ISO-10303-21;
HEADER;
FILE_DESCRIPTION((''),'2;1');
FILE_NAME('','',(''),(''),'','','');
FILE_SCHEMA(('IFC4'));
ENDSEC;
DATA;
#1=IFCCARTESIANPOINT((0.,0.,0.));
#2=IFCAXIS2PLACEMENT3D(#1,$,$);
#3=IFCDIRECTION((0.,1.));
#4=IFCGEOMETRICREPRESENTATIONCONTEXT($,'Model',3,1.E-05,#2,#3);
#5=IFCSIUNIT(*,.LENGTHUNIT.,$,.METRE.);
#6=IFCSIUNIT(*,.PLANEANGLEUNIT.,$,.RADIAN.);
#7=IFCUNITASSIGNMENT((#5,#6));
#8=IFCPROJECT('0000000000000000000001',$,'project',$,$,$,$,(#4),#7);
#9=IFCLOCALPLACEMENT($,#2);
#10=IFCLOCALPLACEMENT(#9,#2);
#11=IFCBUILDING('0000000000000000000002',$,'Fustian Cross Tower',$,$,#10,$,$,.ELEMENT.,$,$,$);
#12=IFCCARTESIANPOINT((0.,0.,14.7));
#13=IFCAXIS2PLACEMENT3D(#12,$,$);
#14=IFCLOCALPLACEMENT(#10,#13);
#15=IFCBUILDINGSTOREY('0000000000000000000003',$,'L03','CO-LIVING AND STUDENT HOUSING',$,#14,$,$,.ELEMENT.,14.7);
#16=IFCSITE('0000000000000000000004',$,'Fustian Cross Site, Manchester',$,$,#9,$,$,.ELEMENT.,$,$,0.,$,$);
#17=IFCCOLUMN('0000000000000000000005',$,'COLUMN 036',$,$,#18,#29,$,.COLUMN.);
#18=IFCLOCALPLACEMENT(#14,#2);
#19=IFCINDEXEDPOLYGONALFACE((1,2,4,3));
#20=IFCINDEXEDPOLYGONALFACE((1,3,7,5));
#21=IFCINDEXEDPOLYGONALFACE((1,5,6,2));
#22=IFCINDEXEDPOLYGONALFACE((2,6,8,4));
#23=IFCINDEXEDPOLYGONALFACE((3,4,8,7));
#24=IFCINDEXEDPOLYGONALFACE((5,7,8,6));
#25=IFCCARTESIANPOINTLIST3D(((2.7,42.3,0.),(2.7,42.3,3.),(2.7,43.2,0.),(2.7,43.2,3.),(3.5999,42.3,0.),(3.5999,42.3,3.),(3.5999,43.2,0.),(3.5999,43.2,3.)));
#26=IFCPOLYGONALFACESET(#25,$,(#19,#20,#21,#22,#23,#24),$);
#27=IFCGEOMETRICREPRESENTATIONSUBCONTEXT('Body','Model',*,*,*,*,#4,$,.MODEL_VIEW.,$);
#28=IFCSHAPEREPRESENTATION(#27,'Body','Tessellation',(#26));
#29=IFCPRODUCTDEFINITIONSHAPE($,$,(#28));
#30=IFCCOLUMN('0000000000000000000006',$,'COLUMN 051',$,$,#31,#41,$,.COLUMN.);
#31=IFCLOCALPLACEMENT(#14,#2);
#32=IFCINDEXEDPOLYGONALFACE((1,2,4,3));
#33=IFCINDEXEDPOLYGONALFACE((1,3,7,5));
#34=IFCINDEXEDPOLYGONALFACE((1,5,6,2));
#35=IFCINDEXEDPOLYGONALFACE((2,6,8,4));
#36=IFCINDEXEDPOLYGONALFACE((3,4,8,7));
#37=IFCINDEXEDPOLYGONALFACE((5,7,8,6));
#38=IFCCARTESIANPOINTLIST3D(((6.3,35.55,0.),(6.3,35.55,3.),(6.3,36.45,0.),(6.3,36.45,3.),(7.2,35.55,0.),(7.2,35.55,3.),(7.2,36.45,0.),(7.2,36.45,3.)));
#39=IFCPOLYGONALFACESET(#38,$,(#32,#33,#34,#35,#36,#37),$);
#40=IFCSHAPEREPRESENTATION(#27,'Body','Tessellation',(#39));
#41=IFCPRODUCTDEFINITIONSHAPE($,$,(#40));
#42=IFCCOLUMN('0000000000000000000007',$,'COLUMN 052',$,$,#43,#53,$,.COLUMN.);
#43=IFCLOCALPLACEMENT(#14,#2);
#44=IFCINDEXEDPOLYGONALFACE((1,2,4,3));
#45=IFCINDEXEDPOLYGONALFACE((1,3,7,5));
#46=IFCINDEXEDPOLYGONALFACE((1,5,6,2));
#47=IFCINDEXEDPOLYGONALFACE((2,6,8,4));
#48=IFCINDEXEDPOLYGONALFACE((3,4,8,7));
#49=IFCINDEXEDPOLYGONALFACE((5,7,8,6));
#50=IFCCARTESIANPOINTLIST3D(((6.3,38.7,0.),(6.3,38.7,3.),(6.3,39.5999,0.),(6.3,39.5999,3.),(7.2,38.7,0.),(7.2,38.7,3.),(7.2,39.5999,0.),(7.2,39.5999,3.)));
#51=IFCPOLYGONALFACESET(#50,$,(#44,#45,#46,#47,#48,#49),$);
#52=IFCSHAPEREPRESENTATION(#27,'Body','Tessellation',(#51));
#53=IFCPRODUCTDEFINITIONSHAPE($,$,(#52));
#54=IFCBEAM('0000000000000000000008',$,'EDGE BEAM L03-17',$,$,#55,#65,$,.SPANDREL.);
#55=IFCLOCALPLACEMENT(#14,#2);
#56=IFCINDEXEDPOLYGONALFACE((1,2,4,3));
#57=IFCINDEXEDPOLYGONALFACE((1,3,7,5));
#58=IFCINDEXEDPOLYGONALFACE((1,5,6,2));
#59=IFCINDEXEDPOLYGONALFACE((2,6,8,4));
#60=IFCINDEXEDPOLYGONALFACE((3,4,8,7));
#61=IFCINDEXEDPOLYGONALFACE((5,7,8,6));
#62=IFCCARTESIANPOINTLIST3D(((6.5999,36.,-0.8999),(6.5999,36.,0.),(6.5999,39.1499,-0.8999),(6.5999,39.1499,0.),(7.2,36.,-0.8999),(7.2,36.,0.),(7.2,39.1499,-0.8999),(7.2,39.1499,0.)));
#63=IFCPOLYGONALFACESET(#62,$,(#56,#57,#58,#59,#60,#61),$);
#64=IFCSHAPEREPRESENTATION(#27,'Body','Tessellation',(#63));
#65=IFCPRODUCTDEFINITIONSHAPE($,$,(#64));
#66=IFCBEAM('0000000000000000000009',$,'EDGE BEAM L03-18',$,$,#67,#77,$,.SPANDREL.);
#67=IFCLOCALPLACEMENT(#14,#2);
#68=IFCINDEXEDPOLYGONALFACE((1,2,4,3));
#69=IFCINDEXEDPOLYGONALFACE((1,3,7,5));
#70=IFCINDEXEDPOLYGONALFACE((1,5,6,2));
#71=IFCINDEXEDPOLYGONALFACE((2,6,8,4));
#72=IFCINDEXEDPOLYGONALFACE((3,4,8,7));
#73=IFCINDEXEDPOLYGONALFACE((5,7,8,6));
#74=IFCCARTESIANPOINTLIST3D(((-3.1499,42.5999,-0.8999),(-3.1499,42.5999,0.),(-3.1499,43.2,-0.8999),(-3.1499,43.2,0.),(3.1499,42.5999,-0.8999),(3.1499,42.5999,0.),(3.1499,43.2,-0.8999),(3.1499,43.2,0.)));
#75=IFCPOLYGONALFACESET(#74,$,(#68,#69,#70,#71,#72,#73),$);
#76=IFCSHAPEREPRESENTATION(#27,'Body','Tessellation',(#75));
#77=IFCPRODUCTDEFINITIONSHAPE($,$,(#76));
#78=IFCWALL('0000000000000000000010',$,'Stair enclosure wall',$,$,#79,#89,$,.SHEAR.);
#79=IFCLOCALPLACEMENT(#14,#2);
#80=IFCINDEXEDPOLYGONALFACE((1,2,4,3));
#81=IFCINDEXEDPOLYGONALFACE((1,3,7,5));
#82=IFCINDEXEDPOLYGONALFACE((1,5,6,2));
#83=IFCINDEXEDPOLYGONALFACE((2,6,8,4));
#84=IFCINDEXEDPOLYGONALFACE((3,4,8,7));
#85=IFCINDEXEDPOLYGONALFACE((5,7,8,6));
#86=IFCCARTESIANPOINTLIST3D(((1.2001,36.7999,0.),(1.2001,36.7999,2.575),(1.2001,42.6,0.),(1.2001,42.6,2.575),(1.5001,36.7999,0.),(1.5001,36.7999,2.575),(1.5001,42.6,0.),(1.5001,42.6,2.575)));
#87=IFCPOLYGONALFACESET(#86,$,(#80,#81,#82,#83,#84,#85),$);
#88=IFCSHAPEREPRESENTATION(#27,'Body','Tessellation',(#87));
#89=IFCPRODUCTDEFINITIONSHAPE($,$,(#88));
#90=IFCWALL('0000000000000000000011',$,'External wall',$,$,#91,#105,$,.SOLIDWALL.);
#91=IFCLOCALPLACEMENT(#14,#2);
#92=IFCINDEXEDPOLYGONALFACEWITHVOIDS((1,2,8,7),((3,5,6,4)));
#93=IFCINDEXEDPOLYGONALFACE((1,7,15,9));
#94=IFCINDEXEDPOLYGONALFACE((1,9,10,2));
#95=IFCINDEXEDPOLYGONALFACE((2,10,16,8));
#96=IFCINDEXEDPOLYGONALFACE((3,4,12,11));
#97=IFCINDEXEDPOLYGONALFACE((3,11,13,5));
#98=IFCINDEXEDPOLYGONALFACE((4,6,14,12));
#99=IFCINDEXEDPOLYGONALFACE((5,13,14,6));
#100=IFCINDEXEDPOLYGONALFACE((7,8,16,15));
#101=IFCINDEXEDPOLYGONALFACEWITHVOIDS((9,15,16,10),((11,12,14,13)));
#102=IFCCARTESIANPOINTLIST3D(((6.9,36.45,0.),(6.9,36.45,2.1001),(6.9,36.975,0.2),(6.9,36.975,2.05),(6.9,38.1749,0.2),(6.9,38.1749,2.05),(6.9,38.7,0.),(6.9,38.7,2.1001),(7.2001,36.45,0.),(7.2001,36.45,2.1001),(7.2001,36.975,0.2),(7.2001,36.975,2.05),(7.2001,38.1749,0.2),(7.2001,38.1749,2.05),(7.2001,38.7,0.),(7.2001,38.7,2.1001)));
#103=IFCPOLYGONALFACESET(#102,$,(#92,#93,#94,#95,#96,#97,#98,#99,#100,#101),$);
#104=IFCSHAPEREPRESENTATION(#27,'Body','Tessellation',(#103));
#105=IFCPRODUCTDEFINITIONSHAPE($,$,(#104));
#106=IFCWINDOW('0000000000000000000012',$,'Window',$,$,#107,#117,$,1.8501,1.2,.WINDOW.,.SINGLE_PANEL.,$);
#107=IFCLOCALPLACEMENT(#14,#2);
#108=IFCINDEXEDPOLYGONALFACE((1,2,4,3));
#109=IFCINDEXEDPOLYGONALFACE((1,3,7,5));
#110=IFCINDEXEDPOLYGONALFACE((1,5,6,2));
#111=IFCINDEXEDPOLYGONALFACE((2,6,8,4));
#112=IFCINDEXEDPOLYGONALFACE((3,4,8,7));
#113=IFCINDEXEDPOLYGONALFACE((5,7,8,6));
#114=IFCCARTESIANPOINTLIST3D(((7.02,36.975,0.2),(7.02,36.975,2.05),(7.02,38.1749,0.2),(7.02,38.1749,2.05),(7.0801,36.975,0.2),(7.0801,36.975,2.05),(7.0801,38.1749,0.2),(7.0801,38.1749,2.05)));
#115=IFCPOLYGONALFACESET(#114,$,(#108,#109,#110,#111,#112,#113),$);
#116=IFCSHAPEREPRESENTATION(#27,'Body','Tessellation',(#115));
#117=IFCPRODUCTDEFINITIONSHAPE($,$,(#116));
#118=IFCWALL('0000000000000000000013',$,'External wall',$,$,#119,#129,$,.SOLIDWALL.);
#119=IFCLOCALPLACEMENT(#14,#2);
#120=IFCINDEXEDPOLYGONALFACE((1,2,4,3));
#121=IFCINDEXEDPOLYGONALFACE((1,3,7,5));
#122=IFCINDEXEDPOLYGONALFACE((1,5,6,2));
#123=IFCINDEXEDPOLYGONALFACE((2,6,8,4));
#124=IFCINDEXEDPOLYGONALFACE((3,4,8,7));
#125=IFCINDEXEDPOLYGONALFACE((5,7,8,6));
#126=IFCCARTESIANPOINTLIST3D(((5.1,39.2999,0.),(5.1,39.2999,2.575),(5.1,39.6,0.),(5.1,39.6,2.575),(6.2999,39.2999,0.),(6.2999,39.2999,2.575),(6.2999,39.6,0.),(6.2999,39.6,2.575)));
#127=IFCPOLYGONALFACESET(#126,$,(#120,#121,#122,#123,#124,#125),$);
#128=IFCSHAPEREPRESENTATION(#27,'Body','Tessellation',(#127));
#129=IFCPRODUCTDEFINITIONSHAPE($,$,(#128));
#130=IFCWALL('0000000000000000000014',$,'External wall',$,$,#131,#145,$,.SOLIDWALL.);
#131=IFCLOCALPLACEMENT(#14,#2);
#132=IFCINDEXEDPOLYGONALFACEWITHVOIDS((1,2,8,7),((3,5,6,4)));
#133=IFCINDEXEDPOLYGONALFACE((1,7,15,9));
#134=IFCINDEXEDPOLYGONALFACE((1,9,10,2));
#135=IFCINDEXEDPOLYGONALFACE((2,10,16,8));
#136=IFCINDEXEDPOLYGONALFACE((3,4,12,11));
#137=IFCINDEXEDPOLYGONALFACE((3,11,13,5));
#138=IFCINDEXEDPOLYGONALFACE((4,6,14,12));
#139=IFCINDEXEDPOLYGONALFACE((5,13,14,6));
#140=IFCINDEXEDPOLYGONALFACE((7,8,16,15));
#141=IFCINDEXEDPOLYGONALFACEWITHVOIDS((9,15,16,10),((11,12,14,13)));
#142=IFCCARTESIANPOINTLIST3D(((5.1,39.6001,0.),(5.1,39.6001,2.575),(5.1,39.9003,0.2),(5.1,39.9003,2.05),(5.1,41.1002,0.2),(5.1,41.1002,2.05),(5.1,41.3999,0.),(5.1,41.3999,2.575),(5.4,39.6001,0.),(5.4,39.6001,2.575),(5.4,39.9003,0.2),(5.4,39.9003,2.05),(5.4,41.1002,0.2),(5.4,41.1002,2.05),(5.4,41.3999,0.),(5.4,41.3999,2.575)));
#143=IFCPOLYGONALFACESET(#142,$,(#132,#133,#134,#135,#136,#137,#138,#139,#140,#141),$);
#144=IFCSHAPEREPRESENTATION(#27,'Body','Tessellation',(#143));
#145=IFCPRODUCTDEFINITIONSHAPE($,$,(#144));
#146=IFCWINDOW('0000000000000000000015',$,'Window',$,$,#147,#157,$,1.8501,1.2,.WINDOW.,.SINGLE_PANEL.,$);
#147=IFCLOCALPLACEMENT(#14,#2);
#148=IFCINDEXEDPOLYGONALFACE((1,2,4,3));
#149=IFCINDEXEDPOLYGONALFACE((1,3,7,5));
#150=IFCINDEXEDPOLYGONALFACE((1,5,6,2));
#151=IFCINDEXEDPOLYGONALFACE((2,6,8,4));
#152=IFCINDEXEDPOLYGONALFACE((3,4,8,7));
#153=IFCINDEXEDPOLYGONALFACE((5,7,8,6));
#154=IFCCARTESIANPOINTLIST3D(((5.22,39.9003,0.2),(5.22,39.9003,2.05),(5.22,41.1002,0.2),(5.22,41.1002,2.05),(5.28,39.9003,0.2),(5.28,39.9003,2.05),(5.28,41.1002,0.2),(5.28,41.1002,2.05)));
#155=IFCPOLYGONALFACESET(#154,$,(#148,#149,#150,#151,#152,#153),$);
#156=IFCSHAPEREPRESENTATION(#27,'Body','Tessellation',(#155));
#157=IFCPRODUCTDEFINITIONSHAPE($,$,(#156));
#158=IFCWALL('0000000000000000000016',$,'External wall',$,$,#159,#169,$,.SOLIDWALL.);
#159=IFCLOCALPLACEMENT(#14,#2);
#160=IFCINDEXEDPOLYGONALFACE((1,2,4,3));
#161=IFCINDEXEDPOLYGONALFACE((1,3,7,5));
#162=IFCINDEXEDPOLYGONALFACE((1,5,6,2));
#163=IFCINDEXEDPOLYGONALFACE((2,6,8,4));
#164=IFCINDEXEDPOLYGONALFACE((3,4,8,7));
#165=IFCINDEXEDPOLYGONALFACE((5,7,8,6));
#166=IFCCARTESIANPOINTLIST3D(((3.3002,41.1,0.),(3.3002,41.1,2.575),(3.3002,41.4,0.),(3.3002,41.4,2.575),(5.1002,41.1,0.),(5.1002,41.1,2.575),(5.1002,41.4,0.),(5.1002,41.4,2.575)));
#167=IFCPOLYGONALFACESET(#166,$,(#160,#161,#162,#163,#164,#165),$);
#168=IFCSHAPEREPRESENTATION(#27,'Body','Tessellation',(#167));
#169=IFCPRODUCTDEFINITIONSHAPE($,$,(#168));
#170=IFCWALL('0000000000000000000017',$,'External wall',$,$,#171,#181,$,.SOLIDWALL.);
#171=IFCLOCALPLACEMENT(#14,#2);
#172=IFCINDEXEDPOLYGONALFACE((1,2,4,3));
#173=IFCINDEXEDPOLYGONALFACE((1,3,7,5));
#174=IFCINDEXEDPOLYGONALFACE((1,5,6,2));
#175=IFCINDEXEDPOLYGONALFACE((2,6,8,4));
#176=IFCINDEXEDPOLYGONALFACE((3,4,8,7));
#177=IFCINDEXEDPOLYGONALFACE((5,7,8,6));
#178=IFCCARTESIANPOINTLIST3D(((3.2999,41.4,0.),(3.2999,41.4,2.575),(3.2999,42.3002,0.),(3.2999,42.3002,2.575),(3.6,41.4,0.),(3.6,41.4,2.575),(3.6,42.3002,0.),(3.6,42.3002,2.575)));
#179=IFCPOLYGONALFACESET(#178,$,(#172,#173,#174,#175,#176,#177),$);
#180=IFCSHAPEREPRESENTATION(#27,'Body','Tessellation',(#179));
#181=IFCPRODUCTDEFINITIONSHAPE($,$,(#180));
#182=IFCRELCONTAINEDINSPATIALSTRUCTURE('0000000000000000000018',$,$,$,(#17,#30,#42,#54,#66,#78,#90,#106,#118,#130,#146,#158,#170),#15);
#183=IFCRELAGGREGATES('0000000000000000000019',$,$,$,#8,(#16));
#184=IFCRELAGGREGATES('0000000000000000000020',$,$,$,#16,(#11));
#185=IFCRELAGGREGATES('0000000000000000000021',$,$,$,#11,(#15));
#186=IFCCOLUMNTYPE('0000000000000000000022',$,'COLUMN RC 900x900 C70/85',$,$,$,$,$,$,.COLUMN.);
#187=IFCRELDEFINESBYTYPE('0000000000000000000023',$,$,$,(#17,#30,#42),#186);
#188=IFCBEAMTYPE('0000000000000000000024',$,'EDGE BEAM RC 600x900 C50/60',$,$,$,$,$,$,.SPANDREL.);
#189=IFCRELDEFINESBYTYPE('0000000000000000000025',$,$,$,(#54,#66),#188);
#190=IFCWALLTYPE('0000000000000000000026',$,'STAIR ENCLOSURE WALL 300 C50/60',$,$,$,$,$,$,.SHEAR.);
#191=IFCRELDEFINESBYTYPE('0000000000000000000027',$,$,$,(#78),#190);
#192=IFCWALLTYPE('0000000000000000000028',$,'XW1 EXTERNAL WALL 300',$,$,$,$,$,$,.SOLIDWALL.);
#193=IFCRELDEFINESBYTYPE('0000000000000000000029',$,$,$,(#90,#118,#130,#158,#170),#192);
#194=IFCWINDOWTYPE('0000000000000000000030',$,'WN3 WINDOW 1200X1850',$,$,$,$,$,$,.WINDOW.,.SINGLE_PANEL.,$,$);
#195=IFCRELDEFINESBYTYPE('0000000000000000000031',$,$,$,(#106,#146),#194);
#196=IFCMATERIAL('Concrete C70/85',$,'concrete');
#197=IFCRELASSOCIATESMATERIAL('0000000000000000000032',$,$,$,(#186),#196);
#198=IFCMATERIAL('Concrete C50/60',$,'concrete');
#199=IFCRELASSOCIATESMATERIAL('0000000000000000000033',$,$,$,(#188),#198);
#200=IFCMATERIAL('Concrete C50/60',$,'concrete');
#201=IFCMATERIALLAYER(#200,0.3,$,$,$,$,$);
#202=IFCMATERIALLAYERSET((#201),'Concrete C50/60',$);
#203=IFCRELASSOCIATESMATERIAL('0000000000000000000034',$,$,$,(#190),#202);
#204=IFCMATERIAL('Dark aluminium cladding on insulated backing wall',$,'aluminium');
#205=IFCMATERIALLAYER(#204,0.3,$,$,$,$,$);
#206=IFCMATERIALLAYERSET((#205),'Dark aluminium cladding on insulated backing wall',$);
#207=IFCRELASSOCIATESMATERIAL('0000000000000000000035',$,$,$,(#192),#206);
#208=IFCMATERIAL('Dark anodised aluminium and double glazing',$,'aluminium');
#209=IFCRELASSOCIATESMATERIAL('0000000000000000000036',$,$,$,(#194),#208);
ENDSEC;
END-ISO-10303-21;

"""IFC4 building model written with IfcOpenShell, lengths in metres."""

from ifc_helpers import new_model, si_unit, direction, frame, frame_2d, origin, origin_2d, place, context, subcontext, project, spatial, rectangle, extrude, material, layer, layer_set, material_profile, profile_set, type_object, element, fill, save


model = new_model("IFC4")

# Units and contexts
model_context = context("Model", 3, precision=1e-05, world=origin(), true_north=direction((0.0, 1.0)))
body_context = subcontext(model_context, "Body", "Model", "MODEL_VIEW")
ifc_project = project(units=[si_unit("LENGTHUNIT", "METRE"), si_unit("PLANEANGLEUNIT", "RADIAN")], contexts=[model_context])

# Site, building, storey
site_placement = place(None, origin())
site = spatial("IfcSite", under=ifc_project, at=site_placement, Name="Fustian Cross Site, Manchester", CompositionType="ELEMENT", RefElevation=0.0)
building_placement = place(site_placement, origin())
building = spatial("IfcBuilding", under=site, at=building_placement, Name="Fustian Cross Tower", CompositionType="ELEMENT")
storey_placement = place(building_placement, frame((0.0, 0.0, 14.7)))
storey = spatial("IfcBuildingStorey", under=building, at=storey_placement, Name="L03", Description="CO-LIVING AND STUDENT HOUSING", CompositionType="ELEMENT", Elevation=14.7)

# Columns
ifc_material_1 = material(Name="Concrete C70/85", Category="concrete")
ifc_material_profile_1 = material_profile(ifc_material_1, rectangle(XDim=0.8999, YDim=0.8999, at=origin_2d()), Name="RC 900x900")
ifc_profile_set_1 = profile_set([ifc_material_profile_1], Name="Concrete C70/85")
column_type = type_object("IfcColumnType", Name="COLUMN RC 900x900 C70/85", PredefinedType="COLUMN", material=ifc_profile_set_1)
for number, where, z_axis, x_axis, name in (
    (1, (3.1499, 42.75, 0.0), (0.0, 0.0, 1.0), (1.0, 0.0, 0.0), "COLUMN 036"),
    (2, (6.75, 36.0, 0.0), (0.0, 0.0, 1.0), (1.0, 0.0, 0.0), "COLUMN 051"),
    (3, (6.75, 39.1499, 0.0), (0.0, 0.0, 1.0), (1.0, 0.0, 0.0), "COLUMN 052"),
):
    element("IfcColumn", number, at=place(storey_placement, frame(where, z_axis=z_axis, x_axis=x_axis)), inside=storey, type_object=column_type, Name=name, PredefinedType="COLUMN", context=body_context, shape_type="SweptSolid", body=[
        extrude(rectangle(XDim=0.8999, YDim=0.8999, at=origin_2d()), origin(), (0.0, 0.0, 1.0), 3.0),
    ])

# Beams
ifc_material_2 = material(Name="Concrete C50/60", Category="concrete")
ifc_material_profile_2 = material_profile(ifc_material_2, rectangle(XDim=0.6001, YDim=0.8999, at=origin_2d()), Name="RC 600x900")
ifc_profile_set_2 = profile_set([ifc_material_profile_2], Name="Concrete C50/60")
beam_type = type_object("IfcBeamType", Name="EDGE BEAM RC 600x900 C50/60", PredefinedType="SPANDREL", material=ifc_profile_set_2)
beam_1_placement = place(storey_placement, frame((6.8999, 36.0, -0.45), z_axis=(0.0, 1.0, 0.0), x_axis=(-1.0, 0.0, 0.0)))
element("IfcBeam", 4, at=beam_1_placement, inside=storey, type_object=beam_type, Name="EDGE BEAM L03-17", PredefinedType="SPANDREL", context=body_context, shape_type="SweptSolid", body=[
    extrude(rectangle(XDim=0.6001, YDim=0.8999, at=origin_2d()), origin(), (0.0, 0.0, 1.0), 3.1499),
])
beam_2_placement = place(storey_placement, frame((3.1499, 42.8999, -0.45), z_axis=(-1.0, 0.0, 0.0), x_axis=(0.0, -1.0, 0.0)))
element("IfcBeam", 5, at=beam_2_placement, inside=storey, type_object=beam_type, Name="EDGE BEAM L03-18", PredefinedType="SPANDREL", context=body_context, shape_type="SweptSolid", body=[
    extrude(rectangle(XDim=0.6001, YDim=0.8999, at=origin_2d()), origin(), (0.0, 0.0, 1.0), 6.2998),
])

# Wall
ifc_material_3 = material(Name="Concrete C50/60", Category="concrete")
ifc_layer_1 = layer(ifc_material_3, 0.3)
ifc_layer_set_1 = layer_set([ifc_layer_1], Name="Concrete C50/60")
wall_type_1 = type_object("IfcWallType", Name="STAIR ENCLOSURE WALL 300 C50/60", PredefinedType="SHEAR", material=ifc_layer_set_1)
wall_1_placement = place(storey_placement, frame((1.3501, 36.8, 0.0), z_axis=(0.0, 0.0, 1.0), x_axis=(0.0, 1.0, 0.0)))
element("IfcWall", 6, at=wall_1_placement, inside=storey, type_object=wall_type_1, Name="Stair enclosure wall", PredefinedType="SHEAR", context=body_context, shape_type="SweptSolid", body=[
    extrude(rectangle(XDim=5.8, YDim=0.3, at=frame_2d((2.8999, 0.0))), origin(), (0.0, 0.0, 1.0), 2.575),
])

# Wall, opening, window
ifc_material_4 = material(Name="Dark aluminium cladding on insulated backing wall", Category="aluminium")
ifc_layer_2 = layer(ifc_material_4, 0.3)
ifc_layer_set_2 = layer_set([ifc_layer_2], Name="Dark aluminium cladding on insulated backing wall")
wall_type_2 = type_object("IfcWallType", Name="XW1 EXTERNAL WALL 300", PredefinedType="SOLIDWALL", material=ifc_layer_set_2)
wall_2_placement = place(storey_placement, frame((7.05, 36.45, 0.0), z_axis=(0.0, 0.0, 1.0), x_axis=(0.0, 1.0, 0.0)))
wall_2 = element("IfcWall", 7, at=wall_2_placement, inside=storey, type_object=wall_type_2, Name="External wall", PredefinedType="SOLIDWALL", context=body_context, shape_type="SweptSolid", body=[
    extrude(rectangle(XDim=2.25, YDim=0.3, at=frame_2d((1.125, 0.0))), origin(), (0.0, 0.0, 1.0), 2.1001),
])
opening_1_placement = place(wall_2_placement, frame((0.5249, 0.0, 0.2)))
opening_1 = element("IfcOpeningElement", 8, at=opening_1_placement, cuts=wall_2, PredefinedType="OPENING", context=body_context, shape_type="SweptSolid", body=[
    extrude(rectangle(XDim=1.2, YDim=1.8501, at=frame_2d((0.6001, 0.925))), frame((0.0, 0.1599, 0.0), z_axis=(0.0, -1.0, 0.0), x_axis=(1.0, 0.0, 0.0)), (0.0, 0.0, 1.0), 0.3201),
])
ifc_material_5 = material(Name="Dark anodised aluminium and double glazing", Category="aluminium")
window_type_1 = type_object("IfcWindowType", Name="WN3 WINDOW 1200X1850", PartitioningType="SINGLE_PANEL", PredefinedType="WINDOW", material=ifc_material_5)
window_1_placement = place(opening_1_placement, origin())
window_1 = element("IfcWindow", 9, at=window_1_placement, inside=storey, type_object=window_type_1, Name="Window", OverallHeight=1.8501, OverallWidth=1.2, PartitioningType="SINGLE_PANEL", PredefinedType="WINDOW", context=body_context, shape_type="SweptSolid", body=[
    extrude(rectangle(XDim=1.2, YDim=1.8501, at=frame_2d((0.6001, 0.925))), frame((0.0, 0.03, 0.0), z_axis=(0.0, -1.0, 0.0), x_axis=(1.0, 0.0, 0.0)), (0.0, 0.0, 1.0), 0.0601),
])
fill(opening_1, window_1)

# Wall
wall_3_placement = place(storey_placement, frame((6.3, 39.45, 0.0), z_axis=(0.0, 0.0, 1.0), x_axis=(-1.0, 0.0, 0.0)))
element("IfcWall", 10, at=wall_3_placement, inside=storey, type_object=wall_type_2, Name="External wall", PredefinedType="SOLIDWALL", context=body_context, shape_type="SweptSolid", body=[
    extrude(rectangle(XDim=1.2, YDim=0.3, at=frame_2d((0.6001, 0.0))), origin(), (0.0, 0.0, 1.0), 2.575),
])

# Wall, opening, window
wall_4_placement = place(storey_placement, frame((5.25, 39.6001, 0.0), z_axis=(0.0, 0.0, 1.0), x_axis=(0.0, 1.0, 0.0)))
wall_4 = element("IfcWall", 11, at=wall_4_placement, inside=storey, type_object=wall_type_2, Name="External wall", PredefinedType="SOLIDWALL", context=body_context, shape_type="SweptSolid", body=[
    extrude(rectangle(XDim=1.7998, YDim=0.3, at=frame_2d((0.8999, 0.0))), origin(), (0.0, 0.0, 1.0), 2.575),
])
opening_2_placement = place(wall_4_placement, frame((0.3, 0.0, 0.2)))
opening_2 = element("IfcOpeningElement", 12, at=opening_2_placement, cuts=wall_4, PredefinedType="OPENING", context=body_context, shape_type="SweptSolid", body=[
    extrude(rectangle(XDim=1.2, YDim=1.8501, at=frame_2d((0.6001, 0.925))), frame((0.0, 0.1599, 0.0), z_axis=(0.0, -1.0, 0.0), x_axis=(1.0, 0.0, 0.0)), (0.0, 0.0, 1.0), 0.3201),
])
window_2_placement = place(opening_2_placement, origin())
window_2 = element("IfcWindow", 13, at=window_2_placement, inside=storey, type_object=window_type_1, Name="Window", OverallHeight=1.8501, OverallWidth=1.2, PartitioningType="SINGLE_PANEL", PredefinedType="WINDOW", context=body_context, shape_type="SweptSolid", body=[
    extrude(rectangle(XDim=1.2, YDim=1.8501, at=frame_2d((0.6001, 0.925))), frame((0.0, 0.03, 0.0), z_axis=(0.0, -1.0, 0.0), x_axis=(1.0, 0.0, 0.0)), (0.0, 0.0, 1.0), 0.0601),
])
fill(opening_2, window_2)

# Walls
wall_5_placement = place(storey_placement, frame((5.1001, 41.25, 0.0), z_axis=(0.0, 0.0, 1.0), x_axis=(-1.0, 0.0, 0.0)))
element("IfcWall", 14, at=wall_5_placement, inside=storey, type_object=wall_type_2, Name="External wall", PredefinedType="SOLIDWALL", context=body_context, shape_type="SweptSolid", body=[
    extrude(rectangle(XDim=1.8, YDim=0.3, at=frame_2d((0.8999, 0.0))), origin(), (0.0, 0.0, 1.0), 2.575),
])
wall_6_placement = place(storey_placement, frame((3.45, 41.3999, 0.0), z_axis=(0.0, 0.0, 1.0), x_axis=(0.0, 1.0, 0.0)))
element("IfcWall", 15, at=wall_6_placement, inside=storey, type_object=wall_type_2, Name="External wall", PredefinedType="SOLIDWALL", context=body_context, shape_type="SweptSolid", body=[
    extrude(rectangle(XDim=0.9001, YDim=0.3, at=frame_2d((0.4502, 0.0))), origin(), (0.0, 0.0, 1.0), 2.575),
])

save(model, "model.ifc")
